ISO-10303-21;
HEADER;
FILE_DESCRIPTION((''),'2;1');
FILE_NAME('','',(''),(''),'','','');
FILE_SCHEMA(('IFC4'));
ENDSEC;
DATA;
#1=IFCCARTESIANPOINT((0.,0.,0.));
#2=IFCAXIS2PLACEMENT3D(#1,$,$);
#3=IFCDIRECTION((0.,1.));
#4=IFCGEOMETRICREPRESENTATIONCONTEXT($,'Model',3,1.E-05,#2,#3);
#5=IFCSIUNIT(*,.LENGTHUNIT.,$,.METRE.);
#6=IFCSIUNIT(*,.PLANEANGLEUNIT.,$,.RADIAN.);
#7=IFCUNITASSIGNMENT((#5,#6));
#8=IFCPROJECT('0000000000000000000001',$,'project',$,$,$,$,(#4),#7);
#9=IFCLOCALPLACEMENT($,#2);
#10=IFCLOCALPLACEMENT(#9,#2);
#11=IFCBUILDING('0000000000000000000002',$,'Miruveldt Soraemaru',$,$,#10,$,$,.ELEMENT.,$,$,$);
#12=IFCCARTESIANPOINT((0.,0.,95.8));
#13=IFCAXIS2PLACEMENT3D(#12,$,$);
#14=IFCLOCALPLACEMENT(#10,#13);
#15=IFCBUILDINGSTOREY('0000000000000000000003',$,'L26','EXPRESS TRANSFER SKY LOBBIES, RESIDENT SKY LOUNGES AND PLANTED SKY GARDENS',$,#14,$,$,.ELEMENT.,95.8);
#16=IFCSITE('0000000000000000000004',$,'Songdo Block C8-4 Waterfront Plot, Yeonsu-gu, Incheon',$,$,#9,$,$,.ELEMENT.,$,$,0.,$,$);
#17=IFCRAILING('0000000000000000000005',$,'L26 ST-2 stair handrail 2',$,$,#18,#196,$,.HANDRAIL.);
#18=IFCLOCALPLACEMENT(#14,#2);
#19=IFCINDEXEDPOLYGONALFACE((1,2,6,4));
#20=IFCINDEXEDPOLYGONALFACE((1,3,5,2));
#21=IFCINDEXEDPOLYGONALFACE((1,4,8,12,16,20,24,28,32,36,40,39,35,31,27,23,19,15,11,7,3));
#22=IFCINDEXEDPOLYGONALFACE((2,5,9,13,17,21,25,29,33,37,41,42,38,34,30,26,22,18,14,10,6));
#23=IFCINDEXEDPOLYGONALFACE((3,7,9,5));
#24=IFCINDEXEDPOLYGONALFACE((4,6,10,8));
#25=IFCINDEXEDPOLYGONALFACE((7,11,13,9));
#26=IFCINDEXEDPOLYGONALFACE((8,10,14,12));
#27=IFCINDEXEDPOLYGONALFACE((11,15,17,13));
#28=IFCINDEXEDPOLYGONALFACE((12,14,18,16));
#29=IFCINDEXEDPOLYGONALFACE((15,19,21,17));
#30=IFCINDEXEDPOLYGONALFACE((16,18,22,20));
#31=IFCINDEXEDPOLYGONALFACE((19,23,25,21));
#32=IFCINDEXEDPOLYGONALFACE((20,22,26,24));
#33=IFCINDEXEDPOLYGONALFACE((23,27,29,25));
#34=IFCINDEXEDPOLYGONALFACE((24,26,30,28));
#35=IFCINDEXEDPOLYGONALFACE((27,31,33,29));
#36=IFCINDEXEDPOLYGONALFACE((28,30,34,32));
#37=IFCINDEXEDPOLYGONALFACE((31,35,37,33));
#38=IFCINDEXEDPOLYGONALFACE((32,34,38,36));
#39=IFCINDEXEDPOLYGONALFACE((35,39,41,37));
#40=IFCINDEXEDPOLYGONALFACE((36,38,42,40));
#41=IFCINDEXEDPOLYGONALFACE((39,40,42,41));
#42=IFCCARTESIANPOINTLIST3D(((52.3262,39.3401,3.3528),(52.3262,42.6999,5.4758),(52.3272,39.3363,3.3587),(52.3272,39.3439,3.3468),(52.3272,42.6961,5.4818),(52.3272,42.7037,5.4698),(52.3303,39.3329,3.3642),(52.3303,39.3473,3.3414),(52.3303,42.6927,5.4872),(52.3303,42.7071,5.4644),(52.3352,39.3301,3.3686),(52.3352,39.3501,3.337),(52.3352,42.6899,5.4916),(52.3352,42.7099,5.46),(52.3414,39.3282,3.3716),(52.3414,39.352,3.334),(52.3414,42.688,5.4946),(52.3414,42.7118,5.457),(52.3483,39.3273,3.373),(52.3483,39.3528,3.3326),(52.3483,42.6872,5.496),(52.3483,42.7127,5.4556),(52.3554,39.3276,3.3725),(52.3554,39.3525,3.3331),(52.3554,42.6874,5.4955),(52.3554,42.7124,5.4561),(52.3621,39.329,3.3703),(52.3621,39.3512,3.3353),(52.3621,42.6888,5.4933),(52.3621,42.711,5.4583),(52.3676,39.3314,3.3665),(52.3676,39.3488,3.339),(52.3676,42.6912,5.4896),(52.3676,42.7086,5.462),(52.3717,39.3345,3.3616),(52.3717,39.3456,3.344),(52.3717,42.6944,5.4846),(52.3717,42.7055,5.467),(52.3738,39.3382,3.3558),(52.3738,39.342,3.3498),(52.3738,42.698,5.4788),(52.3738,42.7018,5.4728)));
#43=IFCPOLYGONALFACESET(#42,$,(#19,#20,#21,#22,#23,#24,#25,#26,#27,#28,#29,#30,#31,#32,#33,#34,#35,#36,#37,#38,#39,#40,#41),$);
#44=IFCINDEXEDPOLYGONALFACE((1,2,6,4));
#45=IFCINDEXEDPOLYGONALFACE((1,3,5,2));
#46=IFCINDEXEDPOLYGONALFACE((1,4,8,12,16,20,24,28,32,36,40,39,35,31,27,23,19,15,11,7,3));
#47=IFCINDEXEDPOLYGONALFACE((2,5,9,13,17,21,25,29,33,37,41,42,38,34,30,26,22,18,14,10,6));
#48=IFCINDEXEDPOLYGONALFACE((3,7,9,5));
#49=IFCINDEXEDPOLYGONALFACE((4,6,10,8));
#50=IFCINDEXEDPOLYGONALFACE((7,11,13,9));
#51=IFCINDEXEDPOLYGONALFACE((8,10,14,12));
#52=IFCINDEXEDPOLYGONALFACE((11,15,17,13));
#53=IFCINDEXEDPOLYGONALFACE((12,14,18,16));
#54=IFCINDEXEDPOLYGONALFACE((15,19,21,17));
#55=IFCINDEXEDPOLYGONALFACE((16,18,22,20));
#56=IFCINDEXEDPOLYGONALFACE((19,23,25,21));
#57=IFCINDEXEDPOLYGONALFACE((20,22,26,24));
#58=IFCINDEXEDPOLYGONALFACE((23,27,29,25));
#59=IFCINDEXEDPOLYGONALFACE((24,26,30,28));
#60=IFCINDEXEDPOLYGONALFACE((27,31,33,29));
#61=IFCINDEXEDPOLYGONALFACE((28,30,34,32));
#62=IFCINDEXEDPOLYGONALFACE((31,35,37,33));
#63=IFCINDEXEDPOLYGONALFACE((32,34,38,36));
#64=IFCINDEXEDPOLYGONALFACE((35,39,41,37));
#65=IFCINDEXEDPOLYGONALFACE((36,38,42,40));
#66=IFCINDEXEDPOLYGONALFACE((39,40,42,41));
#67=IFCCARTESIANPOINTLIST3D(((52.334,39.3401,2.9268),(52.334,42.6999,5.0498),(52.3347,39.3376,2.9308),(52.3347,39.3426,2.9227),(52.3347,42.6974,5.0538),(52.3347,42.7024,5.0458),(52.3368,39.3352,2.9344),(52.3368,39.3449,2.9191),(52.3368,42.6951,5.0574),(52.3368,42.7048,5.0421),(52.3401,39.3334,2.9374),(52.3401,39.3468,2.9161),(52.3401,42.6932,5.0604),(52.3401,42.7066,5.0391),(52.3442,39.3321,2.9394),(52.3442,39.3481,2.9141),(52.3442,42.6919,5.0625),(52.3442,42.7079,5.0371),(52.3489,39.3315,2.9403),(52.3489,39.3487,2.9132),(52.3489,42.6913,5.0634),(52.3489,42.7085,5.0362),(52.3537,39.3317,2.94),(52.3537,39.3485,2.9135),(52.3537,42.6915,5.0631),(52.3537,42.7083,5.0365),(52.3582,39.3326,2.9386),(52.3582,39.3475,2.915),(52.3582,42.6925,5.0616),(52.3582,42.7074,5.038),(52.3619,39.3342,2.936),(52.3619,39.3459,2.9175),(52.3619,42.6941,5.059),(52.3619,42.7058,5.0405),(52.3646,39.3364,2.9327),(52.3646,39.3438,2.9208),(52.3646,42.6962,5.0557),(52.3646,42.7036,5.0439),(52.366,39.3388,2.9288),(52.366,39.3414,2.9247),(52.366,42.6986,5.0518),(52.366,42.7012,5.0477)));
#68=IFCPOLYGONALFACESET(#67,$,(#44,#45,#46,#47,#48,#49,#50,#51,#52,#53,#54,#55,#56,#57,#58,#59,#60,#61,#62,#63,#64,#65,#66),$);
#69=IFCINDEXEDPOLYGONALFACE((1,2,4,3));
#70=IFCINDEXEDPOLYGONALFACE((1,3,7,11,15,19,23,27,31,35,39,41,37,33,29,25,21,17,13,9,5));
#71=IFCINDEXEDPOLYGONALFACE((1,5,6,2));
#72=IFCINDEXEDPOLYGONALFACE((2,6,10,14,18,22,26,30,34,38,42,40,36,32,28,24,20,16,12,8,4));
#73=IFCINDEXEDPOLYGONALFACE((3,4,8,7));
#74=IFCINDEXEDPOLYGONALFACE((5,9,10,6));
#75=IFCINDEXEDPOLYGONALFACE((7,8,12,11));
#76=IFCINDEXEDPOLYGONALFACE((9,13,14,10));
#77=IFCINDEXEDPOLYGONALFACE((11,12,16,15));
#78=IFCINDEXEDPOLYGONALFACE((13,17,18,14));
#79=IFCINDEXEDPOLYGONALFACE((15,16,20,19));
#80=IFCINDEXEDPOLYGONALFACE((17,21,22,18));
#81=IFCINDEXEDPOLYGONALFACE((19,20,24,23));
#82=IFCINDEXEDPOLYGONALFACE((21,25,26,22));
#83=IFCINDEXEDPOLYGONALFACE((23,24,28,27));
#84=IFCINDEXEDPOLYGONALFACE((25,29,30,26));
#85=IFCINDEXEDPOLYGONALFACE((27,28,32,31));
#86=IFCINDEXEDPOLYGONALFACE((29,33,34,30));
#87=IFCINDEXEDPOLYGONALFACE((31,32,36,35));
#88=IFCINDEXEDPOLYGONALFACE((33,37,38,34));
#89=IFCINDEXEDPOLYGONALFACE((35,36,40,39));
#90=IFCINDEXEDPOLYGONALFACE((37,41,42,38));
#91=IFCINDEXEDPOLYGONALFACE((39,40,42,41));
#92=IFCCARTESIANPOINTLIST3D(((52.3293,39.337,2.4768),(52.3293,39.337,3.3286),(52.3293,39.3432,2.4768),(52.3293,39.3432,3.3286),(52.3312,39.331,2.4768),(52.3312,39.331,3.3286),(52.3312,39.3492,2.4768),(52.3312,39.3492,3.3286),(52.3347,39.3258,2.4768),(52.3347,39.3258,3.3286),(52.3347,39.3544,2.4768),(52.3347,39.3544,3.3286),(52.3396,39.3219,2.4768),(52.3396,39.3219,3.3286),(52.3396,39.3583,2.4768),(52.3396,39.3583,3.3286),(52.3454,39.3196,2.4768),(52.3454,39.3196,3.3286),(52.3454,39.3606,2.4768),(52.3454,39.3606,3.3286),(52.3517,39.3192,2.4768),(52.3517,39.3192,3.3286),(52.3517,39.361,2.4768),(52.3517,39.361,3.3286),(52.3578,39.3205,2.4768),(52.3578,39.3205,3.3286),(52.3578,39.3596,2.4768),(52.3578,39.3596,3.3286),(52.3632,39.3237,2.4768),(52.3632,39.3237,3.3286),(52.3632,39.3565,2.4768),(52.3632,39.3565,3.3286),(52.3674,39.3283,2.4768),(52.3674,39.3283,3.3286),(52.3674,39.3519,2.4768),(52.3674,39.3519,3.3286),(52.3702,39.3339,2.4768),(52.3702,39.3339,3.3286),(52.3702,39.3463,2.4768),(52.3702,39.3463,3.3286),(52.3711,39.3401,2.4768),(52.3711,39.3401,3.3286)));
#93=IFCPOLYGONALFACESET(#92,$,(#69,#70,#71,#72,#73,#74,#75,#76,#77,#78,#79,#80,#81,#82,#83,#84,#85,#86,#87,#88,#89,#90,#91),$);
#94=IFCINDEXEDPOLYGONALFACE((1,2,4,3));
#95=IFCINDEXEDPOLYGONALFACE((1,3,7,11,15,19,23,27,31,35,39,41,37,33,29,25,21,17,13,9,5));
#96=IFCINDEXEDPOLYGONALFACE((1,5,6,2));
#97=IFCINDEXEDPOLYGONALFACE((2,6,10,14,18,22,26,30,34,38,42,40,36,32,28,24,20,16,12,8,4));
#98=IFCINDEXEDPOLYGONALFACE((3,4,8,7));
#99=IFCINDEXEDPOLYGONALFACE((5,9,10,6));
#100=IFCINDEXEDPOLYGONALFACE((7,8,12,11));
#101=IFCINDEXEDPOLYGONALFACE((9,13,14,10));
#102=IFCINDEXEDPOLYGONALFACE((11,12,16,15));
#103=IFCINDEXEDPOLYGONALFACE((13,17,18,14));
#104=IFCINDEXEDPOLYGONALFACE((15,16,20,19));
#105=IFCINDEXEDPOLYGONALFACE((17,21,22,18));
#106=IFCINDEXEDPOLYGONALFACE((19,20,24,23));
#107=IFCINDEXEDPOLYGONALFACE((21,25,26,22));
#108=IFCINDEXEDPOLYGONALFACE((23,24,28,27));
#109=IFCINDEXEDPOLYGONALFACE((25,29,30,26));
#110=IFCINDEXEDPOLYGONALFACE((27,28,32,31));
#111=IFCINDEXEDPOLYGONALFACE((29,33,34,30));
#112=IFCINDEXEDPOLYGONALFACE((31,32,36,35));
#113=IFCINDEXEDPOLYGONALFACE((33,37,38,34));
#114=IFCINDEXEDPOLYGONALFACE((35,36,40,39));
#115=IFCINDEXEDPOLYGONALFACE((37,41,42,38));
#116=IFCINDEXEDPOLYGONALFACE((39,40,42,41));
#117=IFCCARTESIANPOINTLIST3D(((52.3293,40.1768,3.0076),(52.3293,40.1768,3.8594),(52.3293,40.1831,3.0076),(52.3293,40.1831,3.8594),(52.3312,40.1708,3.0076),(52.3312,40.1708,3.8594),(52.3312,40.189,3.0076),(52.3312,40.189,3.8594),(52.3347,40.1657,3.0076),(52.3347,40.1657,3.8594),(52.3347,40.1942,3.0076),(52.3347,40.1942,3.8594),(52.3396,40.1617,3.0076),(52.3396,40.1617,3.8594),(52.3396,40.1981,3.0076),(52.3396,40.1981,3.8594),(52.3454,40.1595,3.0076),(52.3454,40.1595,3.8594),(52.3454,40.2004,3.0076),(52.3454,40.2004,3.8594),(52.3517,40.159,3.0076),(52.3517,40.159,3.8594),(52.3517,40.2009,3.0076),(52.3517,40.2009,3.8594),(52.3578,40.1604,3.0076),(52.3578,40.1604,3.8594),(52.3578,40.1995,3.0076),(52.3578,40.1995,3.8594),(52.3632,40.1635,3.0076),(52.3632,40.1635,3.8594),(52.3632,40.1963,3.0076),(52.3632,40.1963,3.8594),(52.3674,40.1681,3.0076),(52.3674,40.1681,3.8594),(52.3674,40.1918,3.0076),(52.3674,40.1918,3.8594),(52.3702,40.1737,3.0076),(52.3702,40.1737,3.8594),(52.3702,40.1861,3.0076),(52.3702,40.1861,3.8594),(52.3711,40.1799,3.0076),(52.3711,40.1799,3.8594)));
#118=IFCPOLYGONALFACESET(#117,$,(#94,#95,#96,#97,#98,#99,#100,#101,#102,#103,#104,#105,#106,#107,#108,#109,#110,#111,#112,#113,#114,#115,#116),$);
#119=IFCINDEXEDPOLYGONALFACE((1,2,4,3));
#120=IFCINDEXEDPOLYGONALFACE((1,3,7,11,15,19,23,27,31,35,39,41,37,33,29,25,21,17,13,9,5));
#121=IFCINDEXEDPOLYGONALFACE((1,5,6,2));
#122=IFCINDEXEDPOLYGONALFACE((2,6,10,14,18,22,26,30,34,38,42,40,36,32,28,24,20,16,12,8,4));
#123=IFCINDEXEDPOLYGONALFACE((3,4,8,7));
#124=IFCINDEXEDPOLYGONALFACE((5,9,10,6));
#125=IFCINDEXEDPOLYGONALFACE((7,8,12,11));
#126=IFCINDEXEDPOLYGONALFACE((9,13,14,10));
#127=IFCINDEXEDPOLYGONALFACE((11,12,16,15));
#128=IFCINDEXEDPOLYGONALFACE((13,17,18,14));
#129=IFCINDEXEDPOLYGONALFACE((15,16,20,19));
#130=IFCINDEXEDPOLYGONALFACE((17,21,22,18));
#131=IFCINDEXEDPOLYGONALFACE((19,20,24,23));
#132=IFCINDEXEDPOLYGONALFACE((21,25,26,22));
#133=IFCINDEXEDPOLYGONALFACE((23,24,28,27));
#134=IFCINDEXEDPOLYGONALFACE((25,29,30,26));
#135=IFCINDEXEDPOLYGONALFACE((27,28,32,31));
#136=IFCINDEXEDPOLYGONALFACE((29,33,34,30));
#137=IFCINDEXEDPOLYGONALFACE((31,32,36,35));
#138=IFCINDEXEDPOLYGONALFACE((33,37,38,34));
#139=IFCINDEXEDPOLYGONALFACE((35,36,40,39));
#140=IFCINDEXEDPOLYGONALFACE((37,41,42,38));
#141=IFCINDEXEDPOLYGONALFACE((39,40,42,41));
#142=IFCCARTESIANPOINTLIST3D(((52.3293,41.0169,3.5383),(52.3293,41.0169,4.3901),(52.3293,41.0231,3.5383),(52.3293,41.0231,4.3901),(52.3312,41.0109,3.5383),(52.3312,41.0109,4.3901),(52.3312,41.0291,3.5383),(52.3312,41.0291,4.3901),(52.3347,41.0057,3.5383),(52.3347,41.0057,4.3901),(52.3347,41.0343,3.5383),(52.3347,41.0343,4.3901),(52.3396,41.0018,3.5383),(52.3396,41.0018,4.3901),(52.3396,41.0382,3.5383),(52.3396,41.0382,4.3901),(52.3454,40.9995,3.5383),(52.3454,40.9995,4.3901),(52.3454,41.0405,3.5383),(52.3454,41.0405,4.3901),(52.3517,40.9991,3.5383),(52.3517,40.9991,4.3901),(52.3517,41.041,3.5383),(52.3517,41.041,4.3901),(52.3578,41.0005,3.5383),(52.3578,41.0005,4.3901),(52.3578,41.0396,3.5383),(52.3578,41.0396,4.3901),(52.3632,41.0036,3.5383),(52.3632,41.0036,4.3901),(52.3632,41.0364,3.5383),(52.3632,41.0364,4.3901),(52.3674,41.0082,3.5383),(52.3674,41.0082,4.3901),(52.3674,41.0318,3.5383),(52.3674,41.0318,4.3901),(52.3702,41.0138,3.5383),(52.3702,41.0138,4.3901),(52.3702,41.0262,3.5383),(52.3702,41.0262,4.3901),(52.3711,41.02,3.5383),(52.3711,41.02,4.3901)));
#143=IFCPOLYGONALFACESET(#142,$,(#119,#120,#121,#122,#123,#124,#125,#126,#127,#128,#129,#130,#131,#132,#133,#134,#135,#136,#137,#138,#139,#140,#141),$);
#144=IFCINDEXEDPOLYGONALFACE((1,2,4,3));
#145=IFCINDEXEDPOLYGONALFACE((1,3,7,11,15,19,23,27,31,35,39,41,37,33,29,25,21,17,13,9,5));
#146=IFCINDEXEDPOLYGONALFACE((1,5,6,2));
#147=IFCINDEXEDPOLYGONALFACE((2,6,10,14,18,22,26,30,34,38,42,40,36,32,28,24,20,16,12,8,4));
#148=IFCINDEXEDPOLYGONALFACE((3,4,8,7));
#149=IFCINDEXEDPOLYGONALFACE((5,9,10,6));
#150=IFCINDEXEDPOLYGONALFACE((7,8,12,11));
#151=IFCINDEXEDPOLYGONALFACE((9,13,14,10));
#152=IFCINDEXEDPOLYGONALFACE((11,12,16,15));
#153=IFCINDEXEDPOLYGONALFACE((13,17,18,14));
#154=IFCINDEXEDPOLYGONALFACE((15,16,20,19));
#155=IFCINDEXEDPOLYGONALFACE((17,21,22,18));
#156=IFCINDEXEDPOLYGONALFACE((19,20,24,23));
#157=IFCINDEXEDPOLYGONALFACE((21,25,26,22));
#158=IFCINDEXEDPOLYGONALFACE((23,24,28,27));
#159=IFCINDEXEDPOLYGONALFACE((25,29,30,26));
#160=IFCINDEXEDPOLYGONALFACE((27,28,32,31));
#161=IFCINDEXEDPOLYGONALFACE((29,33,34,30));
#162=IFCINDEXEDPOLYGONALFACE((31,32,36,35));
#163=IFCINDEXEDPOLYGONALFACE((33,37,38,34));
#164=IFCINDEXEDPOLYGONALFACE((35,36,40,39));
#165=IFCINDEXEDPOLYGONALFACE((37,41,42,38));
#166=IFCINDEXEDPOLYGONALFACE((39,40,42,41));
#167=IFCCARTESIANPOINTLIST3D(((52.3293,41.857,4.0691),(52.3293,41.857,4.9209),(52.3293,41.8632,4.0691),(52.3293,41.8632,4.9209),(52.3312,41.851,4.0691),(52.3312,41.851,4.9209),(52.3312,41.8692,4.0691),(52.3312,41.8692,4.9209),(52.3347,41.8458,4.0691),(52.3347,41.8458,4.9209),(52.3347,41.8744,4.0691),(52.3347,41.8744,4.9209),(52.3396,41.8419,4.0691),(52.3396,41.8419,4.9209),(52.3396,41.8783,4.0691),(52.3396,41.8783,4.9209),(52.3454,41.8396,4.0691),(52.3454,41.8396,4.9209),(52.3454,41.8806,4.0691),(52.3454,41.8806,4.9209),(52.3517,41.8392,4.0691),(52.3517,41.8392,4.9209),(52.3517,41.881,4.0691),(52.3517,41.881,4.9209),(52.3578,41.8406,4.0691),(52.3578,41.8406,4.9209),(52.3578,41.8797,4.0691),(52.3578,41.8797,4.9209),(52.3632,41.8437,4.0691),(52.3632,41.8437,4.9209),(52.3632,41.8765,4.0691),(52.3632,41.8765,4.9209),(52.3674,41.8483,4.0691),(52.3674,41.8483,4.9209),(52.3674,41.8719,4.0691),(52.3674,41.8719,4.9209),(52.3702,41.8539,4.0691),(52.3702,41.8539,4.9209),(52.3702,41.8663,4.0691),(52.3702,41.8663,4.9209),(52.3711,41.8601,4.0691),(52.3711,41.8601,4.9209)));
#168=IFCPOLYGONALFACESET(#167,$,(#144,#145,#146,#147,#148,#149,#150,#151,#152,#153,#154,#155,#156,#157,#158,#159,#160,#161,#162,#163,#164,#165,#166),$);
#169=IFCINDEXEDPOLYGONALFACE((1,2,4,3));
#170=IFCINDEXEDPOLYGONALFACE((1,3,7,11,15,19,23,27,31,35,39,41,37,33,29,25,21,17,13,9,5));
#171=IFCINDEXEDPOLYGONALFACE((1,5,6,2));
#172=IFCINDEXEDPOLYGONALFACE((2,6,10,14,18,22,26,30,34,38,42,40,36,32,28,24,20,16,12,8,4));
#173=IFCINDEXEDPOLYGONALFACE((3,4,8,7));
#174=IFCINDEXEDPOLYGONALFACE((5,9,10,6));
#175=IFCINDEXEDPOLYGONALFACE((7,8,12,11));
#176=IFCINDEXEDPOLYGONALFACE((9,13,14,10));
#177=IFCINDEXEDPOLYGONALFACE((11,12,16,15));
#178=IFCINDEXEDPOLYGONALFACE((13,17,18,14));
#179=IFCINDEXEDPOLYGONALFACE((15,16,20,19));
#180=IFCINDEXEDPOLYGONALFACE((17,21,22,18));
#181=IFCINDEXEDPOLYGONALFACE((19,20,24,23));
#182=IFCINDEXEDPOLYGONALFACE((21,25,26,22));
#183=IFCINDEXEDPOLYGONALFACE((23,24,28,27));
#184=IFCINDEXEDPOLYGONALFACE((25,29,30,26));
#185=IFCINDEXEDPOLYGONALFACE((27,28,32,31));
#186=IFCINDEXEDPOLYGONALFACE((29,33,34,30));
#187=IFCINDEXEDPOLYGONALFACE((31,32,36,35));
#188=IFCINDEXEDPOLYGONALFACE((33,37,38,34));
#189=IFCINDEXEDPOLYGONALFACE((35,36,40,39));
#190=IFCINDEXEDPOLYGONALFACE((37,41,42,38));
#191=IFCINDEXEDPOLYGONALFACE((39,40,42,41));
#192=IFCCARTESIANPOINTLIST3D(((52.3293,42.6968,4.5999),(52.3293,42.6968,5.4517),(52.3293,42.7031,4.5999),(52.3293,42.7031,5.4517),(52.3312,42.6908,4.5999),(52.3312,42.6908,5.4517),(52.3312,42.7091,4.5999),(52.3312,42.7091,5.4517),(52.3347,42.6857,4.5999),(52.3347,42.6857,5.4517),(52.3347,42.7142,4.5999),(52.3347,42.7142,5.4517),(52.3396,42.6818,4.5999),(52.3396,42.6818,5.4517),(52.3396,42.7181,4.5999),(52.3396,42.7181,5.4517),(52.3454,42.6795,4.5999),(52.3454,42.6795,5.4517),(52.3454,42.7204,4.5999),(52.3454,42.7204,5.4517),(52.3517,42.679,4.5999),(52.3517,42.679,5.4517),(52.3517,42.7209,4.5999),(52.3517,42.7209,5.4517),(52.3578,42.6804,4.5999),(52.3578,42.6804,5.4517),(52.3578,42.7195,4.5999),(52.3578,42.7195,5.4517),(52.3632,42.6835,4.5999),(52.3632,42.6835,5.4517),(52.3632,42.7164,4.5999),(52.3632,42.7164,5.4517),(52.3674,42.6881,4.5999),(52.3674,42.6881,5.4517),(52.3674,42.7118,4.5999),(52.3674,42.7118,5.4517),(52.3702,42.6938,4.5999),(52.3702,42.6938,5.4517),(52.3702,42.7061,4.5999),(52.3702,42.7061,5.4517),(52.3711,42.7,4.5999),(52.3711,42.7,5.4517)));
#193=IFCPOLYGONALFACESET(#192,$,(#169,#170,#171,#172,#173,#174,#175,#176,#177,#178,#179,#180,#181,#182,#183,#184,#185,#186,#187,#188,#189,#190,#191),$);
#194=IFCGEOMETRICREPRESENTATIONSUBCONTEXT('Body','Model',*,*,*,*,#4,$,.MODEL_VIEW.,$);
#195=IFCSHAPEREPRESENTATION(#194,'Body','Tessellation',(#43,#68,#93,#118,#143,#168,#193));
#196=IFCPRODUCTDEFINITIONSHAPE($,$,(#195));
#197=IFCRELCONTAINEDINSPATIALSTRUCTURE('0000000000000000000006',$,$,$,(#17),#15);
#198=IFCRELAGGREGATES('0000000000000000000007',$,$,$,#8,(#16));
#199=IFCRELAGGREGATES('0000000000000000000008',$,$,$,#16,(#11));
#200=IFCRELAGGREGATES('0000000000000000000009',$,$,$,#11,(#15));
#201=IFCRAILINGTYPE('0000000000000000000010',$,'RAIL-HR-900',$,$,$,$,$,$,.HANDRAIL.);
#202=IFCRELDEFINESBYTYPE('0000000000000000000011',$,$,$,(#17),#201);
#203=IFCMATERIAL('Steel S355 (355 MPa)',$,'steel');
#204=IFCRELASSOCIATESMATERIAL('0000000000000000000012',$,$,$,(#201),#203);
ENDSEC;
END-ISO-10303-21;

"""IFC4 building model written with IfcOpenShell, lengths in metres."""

from ifc_helpers import new_model, si_unit, direction, frame, origin, origin_2d, place, context, subcontext, project, spatial, circle, extrude, material, type_object, element, save


model = new_model("IFC4")

# Units and contexts
model_context = context("Model", 3, precision=1e-05, world=origin(), true_north=direction((0.0, 1.0)))
body_context = subcontext(model_context, "Body", "Model", "MODEL_VIEW")
ifc_project = project(units=[si_unit("LENGTHUNIT", "METRE"), si_unit("PLANEANGLEUNIT", "RADIAN")], contexts=[model_context])

# Site, building, storey
site_placement = place(None, origin())
site = spatial("IfcSite", under=ifc_project, at=site_placement, Name="Songdo Block C8-4 Waterfront Plot, Yeonsu-gu, Incheon", CompositionType="ELEMENT", RefElevation=0.0)
building_placement = place(site_placement, origin())
building = spatial("IfcBuilding", under=site, at=building_placement, Name="Miruveldt Soraemaru", CompositionType="ELEMENT")
storey_placement = place(building_placement, frame((0.0, 0.0, 95.8)))
storey = spatial("IfcBuildingStorey", under=building, at=storey_placement, Name="L26", Description="EXPRESS TRANSFER SKY LOBBIES, RESIDENT SKY LOUNGES AND PLANTED SKY GARDENS", CompositionType="ELEMENT", Elevation=95.8)

# Railing
ifc_material_1 = material(Name="Steel S355 (355 MPa)", Category="steel")
railing_type_1 = type_object("IfcRailingType", Name="RAIL-HR-900", PredefinedType="HANDRAIL", material=ifc_material_1)
railing_1_placement = place(storey_placement, frame((52.3501, 39.3401, 2.4768)))
element("IfcRailing", 1, at=railing_1_placement, inside=storey, type_object=railing_type_1, Name="L26 ST-2 stair handrail 2", PredefinedType="HANDRAIL", context=body_context, shape_type="SweptSolid", body=[
    extrude(circle(Radius=0.0239, at=origin_2d()), frame((0.0, 0.0, 0.876), z_axis=(0.0, 0.845372, 0.534178), x_axis=(-1.0, 0.0, 0.0)), (0.0, 0.0, 1.0), 3.9744),
    extrude(circle(Radius=0.0161, at=origin_2d()), frame((0.0, 0.0, 0.45), z_axis=(0.0, 0.845372, 0.534178), x_axis=(-1.0, 0.0, 0.0)), (0.0, 0.0, 1.0), 3.9744),
    extrude(circle(Radius=0.021, at=origin_2d()), origin(), (0.0, 0.0, 1.0), 0.8518),
    extrude(circle(Radius=0.021, at=origin_2d()), frame((0.0, 0.8398, 0.5308)), (0.0, 0.0, 1.0), 0.8518),
    extrude(circle(Radius=0.021, at=origin_2d()), frame((0.0, 1.6799, 1.0615)), (0.0, 0.0, 1.0), 0.8518),
    extrude(circle(Radius=0.021, at=origin_2d()), frame((0.0, 2.52, 1.5923)), (0.0, 0.0, 1.0), 0.8518),
    extrude(circle(Radius=0.021, at=origin_2d()), frame((0.0, 3.3599, 2.123)), (0.0, 0.0, 1.0), 0.8518),
])

save(model, "model.ifc")
